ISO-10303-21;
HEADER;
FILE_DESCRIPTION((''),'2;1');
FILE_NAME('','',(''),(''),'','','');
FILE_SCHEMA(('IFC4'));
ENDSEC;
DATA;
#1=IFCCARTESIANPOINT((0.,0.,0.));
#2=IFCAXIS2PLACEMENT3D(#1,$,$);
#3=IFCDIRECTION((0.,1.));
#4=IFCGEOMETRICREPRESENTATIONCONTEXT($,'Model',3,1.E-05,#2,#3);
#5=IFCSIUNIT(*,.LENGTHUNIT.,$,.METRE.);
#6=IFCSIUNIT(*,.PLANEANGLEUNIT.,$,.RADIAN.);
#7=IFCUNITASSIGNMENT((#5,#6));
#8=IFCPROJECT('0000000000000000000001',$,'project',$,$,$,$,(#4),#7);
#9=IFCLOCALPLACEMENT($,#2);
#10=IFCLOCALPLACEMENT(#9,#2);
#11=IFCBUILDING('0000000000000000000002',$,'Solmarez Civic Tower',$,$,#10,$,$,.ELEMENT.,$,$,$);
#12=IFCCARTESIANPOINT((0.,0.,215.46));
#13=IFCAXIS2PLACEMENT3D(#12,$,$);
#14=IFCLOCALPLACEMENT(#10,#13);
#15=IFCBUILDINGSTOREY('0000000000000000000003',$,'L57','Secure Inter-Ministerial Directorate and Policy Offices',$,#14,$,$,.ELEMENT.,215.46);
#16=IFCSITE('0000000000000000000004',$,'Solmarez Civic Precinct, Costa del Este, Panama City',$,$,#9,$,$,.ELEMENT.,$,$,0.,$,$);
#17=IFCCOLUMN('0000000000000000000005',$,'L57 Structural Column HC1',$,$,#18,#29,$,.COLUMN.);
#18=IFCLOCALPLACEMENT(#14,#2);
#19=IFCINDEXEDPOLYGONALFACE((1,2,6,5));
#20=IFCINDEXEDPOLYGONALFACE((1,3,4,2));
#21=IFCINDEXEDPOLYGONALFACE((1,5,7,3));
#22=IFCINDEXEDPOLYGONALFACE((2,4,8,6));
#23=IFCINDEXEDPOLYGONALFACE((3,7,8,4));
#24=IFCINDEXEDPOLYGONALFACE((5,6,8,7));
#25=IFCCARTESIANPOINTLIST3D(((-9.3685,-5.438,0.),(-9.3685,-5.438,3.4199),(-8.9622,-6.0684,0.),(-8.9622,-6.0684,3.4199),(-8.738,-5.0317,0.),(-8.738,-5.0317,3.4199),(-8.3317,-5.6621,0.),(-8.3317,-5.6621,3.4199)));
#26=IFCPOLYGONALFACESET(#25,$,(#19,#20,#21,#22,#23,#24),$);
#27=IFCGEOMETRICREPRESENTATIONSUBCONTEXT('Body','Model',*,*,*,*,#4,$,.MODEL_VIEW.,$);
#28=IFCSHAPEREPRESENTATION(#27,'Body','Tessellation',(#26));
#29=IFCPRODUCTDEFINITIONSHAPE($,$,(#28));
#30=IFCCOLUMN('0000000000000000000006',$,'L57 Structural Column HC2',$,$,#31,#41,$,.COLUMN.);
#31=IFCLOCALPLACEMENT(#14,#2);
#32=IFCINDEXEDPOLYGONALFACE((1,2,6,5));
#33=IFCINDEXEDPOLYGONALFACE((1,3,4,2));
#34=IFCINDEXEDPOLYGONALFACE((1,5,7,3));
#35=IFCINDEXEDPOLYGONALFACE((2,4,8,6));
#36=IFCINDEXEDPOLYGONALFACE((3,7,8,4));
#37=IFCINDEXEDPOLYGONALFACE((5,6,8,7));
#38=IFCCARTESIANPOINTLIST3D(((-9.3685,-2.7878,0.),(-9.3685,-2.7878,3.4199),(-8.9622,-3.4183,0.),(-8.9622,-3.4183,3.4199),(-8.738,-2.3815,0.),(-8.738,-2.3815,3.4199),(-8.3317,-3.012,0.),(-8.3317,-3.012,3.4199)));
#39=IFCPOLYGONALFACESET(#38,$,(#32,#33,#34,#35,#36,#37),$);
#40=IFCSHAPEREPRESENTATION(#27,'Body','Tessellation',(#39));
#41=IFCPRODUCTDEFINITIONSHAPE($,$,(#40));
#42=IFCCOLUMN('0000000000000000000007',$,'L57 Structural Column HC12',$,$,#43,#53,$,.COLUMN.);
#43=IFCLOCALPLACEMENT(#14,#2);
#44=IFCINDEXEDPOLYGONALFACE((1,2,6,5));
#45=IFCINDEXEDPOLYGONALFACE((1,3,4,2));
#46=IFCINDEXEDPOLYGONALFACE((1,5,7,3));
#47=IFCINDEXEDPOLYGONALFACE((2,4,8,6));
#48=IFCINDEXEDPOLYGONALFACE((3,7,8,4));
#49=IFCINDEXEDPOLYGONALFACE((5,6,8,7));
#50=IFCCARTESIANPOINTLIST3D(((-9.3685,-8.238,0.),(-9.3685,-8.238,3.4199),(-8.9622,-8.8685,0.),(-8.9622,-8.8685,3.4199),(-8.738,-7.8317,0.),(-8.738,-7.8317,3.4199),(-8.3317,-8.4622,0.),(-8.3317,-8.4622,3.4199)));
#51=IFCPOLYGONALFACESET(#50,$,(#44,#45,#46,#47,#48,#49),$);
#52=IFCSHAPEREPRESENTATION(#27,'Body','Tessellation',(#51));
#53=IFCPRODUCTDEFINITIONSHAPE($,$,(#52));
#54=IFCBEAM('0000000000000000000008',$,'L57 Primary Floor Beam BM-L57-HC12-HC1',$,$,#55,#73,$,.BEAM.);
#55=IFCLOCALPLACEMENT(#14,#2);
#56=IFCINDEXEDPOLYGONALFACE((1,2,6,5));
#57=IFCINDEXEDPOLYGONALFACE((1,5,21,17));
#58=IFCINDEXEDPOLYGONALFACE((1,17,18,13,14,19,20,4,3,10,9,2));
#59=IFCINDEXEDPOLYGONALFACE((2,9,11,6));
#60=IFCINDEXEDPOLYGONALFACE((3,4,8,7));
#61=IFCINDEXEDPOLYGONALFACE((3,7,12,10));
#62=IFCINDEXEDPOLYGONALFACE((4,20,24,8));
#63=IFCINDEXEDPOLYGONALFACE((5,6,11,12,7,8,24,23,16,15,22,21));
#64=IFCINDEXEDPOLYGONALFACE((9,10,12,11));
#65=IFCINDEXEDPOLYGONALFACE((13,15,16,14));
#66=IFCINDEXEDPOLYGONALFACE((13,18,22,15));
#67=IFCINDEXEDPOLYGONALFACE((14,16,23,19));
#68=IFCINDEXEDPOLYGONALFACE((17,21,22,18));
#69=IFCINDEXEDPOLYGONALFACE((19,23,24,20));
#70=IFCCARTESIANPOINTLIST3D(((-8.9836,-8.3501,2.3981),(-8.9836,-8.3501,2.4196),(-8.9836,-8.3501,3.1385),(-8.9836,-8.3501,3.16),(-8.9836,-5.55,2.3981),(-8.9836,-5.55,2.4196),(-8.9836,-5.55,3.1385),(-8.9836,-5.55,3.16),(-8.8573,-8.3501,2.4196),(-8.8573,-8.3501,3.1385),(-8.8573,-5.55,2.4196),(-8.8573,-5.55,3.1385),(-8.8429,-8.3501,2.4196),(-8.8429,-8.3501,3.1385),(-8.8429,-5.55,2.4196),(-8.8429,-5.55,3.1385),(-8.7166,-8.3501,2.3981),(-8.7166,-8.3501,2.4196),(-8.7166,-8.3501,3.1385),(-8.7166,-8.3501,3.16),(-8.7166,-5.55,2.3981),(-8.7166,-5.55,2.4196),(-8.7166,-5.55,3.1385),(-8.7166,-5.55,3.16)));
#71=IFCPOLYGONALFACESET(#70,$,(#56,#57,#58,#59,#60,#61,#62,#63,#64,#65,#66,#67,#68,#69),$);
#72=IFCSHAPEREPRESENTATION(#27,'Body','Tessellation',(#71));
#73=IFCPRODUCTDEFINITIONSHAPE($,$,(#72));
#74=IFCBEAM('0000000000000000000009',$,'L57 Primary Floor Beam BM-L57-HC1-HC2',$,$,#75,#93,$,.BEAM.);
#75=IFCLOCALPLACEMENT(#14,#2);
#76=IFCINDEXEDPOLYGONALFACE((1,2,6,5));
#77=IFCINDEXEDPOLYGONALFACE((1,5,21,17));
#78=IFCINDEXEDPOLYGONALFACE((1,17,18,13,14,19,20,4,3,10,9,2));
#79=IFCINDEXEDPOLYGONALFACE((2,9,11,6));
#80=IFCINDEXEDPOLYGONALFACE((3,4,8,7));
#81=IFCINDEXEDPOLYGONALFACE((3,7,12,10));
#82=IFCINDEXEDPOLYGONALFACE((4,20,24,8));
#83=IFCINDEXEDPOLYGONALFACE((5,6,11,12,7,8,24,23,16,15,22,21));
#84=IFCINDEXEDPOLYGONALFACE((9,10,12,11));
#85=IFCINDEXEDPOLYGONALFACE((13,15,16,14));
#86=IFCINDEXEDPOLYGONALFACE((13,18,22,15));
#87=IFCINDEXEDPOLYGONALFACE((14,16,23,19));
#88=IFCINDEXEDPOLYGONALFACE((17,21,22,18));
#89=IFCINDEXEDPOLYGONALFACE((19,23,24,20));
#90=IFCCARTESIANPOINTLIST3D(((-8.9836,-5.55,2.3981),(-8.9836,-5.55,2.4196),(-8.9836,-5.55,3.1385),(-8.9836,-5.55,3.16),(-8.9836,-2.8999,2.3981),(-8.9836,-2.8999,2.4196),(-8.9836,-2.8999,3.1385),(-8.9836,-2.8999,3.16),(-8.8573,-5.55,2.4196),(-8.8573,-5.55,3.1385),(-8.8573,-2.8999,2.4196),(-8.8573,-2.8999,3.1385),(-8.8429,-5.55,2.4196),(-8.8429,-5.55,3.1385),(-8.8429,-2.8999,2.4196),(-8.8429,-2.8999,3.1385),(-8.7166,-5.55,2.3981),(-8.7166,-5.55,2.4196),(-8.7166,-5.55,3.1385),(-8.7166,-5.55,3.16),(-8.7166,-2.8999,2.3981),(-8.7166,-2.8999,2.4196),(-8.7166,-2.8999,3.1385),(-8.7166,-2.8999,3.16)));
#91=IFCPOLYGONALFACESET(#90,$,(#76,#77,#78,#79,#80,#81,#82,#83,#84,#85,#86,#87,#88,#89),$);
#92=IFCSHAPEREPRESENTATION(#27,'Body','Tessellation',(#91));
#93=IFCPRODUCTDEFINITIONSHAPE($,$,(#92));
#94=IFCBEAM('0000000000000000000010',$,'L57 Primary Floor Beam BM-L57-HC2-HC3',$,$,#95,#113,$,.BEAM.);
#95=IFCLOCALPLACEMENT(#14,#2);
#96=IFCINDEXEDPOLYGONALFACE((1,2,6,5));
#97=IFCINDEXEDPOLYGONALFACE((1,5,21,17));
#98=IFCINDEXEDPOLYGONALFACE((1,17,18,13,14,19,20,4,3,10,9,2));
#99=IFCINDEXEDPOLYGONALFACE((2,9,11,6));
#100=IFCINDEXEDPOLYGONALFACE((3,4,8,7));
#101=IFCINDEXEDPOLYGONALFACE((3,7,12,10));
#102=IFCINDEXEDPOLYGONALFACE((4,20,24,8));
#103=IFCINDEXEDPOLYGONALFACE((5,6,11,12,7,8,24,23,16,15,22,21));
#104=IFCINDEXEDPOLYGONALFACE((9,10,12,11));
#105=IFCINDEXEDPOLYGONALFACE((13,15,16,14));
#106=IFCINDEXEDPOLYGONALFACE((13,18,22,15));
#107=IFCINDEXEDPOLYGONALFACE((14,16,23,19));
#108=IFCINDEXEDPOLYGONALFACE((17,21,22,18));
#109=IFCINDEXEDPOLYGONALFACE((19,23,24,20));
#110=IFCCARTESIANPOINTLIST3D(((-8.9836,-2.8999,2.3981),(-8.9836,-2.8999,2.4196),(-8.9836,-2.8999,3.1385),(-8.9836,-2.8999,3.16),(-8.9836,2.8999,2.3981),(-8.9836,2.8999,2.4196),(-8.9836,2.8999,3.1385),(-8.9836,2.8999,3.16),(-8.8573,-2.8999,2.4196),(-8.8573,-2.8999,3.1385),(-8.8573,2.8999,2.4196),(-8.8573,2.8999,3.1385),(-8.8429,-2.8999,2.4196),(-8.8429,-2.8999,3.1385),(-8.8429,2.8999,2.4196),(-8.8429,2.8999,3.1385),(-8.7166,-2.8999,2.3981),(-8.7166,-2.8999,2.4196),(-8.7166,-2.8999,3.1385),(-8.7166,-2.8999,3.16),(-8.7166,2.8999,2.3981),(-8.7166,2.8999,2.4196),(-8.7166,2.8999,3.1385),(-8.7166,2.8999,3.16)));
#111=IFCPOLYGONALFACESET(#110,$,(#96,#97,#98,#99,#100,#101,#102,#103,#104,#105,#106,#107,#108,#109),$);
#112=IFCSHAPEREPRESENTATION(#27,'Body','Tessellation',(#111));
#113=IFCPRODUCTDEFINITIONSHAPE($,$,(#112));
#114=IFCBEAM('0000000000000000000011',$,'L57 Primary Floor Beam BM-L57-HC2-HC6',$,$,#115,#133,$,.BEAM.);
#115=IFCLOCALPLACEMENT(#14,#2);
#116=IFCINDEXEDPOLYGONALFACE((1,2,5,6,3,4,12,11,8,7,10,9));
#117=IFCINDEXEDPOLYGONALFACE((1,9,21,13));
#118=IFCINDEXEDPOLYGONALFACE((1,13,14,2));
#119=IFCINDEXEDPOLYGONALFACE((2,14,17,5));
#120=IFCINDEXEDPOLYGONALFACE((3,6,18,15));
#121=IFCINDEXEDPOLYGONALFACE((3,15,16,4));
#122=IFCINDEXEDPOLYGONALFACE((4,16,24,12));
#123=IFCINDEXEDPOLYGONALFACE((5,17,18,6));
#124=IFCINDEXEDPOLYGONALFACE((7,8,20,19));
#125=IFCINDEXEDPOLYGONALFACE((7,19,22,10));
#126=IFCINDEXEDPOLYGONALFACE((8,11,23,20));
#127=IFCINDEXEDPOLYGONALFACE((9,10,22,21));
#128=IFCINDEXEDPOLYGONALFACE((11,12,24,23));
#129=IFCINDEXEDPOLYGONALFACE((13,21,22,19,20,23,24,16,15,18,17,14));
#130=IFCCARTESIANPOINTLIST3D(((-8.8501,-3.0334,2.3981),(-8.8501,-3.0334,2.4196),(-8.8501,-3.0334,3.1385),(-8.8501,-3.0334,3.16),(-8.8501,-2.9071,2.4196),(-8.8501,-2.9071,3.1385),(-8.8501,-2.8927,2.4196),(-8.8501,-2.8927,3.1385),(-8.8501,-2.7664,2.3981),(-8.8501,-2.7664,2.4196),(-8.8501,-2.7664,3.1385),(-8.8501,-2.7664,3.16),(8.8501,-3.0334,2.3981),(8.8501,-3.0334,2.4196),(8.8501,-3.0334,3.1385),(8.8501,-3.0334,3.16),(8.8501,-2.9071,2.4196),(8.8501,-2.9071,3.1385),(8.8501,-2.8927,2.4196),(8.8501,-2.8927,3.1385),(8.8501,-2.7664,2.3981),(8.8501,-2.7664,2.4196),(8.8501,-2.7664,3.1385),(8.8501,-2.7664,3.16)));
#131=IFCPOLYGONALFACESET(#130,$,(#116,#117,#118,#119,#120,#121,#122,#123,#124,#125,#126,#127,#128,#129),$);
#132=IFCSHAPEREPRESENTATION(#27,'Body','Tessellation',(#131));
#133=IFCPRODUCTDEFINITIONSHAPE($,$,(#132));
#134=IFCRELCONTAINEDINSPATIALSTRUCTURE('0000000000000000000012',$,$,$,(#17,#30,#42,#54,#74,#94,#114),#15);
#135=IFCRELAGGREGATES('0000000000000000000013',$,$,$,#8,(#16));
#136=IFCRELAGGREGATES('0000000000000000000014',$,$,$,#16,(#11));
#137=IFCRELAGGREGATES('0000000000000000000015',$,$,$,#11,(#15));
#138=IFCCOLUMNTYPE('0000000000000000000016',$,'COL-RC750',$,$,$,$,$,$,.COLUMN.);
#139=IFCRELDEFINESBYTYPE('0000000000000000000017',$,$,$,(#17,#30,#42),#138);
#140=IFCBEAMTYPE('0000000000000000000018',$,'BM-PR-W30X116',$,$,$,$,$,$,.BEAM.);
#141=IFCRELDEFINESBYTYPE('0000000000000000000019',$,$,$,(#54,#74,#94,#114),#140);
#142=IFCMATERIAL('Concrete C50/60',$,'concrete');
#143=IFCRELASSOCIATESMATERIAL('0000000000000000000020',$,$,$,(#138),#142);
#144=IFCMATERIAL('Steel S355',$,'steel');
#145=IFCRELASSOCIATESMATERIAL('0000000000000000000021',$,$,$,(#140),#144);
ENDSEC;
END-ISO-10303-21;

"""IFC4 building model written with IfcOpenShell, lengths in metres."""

from ifc_helpers import new_model, si_unit, direction, frame, origin, origin_2d, place, context, subcontext, project, spatial, rectangle, i_section, extrude, material, material_profile, profile_set, type_object, element, save


model = new_model("IFC4")

# Units and contexts
model_context = context("Model", 3, precision=1e-05, world=origin(), true_north=direction((0.0, 1.0)))
body_context = subcontext(model_context, "Body", "Model", "MODEL_VIEW")
ifc_project = project(units=[si_unit("LENGTHUNIT", "METRE"), si_unit("PLANEANGLEUNIT", "RADIAN")], contexts=[model_context])

# Site, building, storey
site_placement = place(None, origin())
site = spatial("IfcSite", under=ifc_project, at=site_placement, Name="Solmarez Civic Precinct, Costa del Este, Panama City", CompositionType="ELEMENT", RefElevation=0.0)
building_placement = place(site_placement, origin())
building = spatial("IfcBuilding", under=site, at=building_placement, Name="Solmarez Civic Tower", CompositionType="ELEMENT")
storey_placement = place(building_placement, frame((0.0, 0.0, 215.46)))
storey = spatial("IfcBuildingStorey", under=building, at=storey_placement, Name="L57", Description="Secure Inter-Ministerial Directorate and Policy Offices", CompositionType="ELEMENT", Elevation=215.46)

# Columns
ifc_material_1 = material(Name="Concrete C50/60", Category="concrete")
ifc_material_profile_1 = material_profile(ifc_material_1, rectangle(XDim=0.75, YDim=0.75, at=origin_2d()), Name="RC750X750")
ifc_profile_set_1 = profile_set([ifc_material_profile_1], Name="Concrete C50/60")
column_type = type_object("IfcColumnType", Name="COL-RC750", PredefinedType="COLUMN", material=ifc_profile_set_1)
for number, where, z_axis, x_axis, name in (
    (1, (-8.8501, -5.55, 0.0), (0.0, 0.0, 1.0), (0.840567, 0.541708, 0.0), "L57 Structural Column HC1"),
    (2, (-8.8501, -2.8999, 0.0), (0.0, 0.0, 1.0), (0.840567, 0.541708, 0.0), "L57 Structural Column HC2"),
    (3, (-8.8501, -8.3501, 0.0), (0.0, 0.0, 1.0), (0.840567, 0.541708, 0.0), "L57 Structural Column HC12"),
):
    element("IfcColumn", number, at=place(storey_placement, frame(where, z_axis=z_axis, x_axis=x_axis)), inside=storey, type_object=column_type, Name=name, PredefinedType="COLUMN", context=body_context, shape_type="SweptSolid", body=[
        extrude(rectangle(XDim=0.75, YDim=0.75, at=origin_2d()), origin(), (0.0, 0.0, 1.0), 3.4199),
    ])

# Beams
ifc_material_2 = material(Name="Steel S355", Category="steel")
ifc_material_profile_2 = material_profile(ifc_material_2, i_section(OverallWidth=0.2671, OverallDepth=0.762, WebThickness=0.0144, FlangeThickness=0.0215, at=origin_2d()), Name="W30X116")
ifc_profile_set_2 = profile_set([ifc_material_profile_2], Name="Steel S355")
beam_type = type_object("IfcBeamType", Name="BM-PR-W30X116", PredefinedType="BEAM", material=ifc_profile_set_2)
beam_1_placement = place(storey_placement, frame((-8.8501, -8.3501, 2.7791), z_axis=(0.0, 1.0, 0.0), x_axis=(-1.0, 0.0, 0.0)))
element("IfcBeam", 4, at=beam_1_placement, inside=storey, type_object=beam_type, Name="L57 Primary Floor Beam BM-L57-HC12-HC1", PredefinedType="BEAM", context=body_context, shape_type="SweptSolid", body=[
    extrude(i_section(OverallWidth=0.2671, OverallDepth=0.762, WebThickness=0.0144, FlangeThickness=0.0215, at=origin_2d()), origin(), (0.0, 0.0, 1.0), 2.8),
])
beam_2_placement = place(storey_placement, frame((-8.8501, -5.55, 2.7791), z_axis=(0.0, 1.0, 0.0), x_axis=(-1.0, 0.0, 0.0)))
element("IfcBeam", 5, at=beam_2_placement, inside=storey, type_object=beam_type, Name="L57 Primary Floor Beam BM-L57-HC1-HC2", PredefinedType="BEAM", context=body_context, shape_type="SweptSolid", body=[
    extrude(i_section(OverallWidth=0.2671, OverallDepth=0.762, WebThickness=0.0144, FlangeThickness=0.0215, at=origin_2d()), origin(), (0.0, 0.0, 1.0), 2.6501),
])
beam_3_placement = place(storey_placement, frame((-8.8501, -2.8999, 2.7791), z_axis=(0.0, 1.0, 0.0), x_axis=(-1.0, 0.0, 0.0)))
element("IfcBeam", 6, at=beam_3_placement, inside=storey, type_object=beam_type, Name="L57 Primary Floor Beam BM-L57-HC2-HC3", PredefinedType="BEAM", context=body_context, shape_type="SweptSolid", body=[
    extrude(i_section(OverallWidth=0.2671, OverallDepth=0.762, WebThickness=0.0144, FlangeThickness=0.0215, at=origin_2d()), origin(), (0.0, 0.0, 1.0), 5.7998),
])
beam_4_placement = place(storey_placement, frame((-8.8501, -2.8999, 2.7791), z_axis=(1.0, 0.0, 0.0), x_axis=(0.0, 1.0, 0.0)))
element("IfcBeam", 7, at=beam_4_placement, inside=storey, type_object=beam_type, Name="L57 Primary Floor Beam BM-L57-HC2-HC6", PredefinedType="BEAM", context=body_context, shape_type="SweptSolid", body=[
    extrude(i_section(OverallWidth=0.2671, OverallDepth=0.762, WebThickness=0.0144, FlangeThickness=0.0215, at=origin_2d()), origin(), (0.0, 0.0, 1.0), 17.7002),
])

save(model, "model.ifc")
